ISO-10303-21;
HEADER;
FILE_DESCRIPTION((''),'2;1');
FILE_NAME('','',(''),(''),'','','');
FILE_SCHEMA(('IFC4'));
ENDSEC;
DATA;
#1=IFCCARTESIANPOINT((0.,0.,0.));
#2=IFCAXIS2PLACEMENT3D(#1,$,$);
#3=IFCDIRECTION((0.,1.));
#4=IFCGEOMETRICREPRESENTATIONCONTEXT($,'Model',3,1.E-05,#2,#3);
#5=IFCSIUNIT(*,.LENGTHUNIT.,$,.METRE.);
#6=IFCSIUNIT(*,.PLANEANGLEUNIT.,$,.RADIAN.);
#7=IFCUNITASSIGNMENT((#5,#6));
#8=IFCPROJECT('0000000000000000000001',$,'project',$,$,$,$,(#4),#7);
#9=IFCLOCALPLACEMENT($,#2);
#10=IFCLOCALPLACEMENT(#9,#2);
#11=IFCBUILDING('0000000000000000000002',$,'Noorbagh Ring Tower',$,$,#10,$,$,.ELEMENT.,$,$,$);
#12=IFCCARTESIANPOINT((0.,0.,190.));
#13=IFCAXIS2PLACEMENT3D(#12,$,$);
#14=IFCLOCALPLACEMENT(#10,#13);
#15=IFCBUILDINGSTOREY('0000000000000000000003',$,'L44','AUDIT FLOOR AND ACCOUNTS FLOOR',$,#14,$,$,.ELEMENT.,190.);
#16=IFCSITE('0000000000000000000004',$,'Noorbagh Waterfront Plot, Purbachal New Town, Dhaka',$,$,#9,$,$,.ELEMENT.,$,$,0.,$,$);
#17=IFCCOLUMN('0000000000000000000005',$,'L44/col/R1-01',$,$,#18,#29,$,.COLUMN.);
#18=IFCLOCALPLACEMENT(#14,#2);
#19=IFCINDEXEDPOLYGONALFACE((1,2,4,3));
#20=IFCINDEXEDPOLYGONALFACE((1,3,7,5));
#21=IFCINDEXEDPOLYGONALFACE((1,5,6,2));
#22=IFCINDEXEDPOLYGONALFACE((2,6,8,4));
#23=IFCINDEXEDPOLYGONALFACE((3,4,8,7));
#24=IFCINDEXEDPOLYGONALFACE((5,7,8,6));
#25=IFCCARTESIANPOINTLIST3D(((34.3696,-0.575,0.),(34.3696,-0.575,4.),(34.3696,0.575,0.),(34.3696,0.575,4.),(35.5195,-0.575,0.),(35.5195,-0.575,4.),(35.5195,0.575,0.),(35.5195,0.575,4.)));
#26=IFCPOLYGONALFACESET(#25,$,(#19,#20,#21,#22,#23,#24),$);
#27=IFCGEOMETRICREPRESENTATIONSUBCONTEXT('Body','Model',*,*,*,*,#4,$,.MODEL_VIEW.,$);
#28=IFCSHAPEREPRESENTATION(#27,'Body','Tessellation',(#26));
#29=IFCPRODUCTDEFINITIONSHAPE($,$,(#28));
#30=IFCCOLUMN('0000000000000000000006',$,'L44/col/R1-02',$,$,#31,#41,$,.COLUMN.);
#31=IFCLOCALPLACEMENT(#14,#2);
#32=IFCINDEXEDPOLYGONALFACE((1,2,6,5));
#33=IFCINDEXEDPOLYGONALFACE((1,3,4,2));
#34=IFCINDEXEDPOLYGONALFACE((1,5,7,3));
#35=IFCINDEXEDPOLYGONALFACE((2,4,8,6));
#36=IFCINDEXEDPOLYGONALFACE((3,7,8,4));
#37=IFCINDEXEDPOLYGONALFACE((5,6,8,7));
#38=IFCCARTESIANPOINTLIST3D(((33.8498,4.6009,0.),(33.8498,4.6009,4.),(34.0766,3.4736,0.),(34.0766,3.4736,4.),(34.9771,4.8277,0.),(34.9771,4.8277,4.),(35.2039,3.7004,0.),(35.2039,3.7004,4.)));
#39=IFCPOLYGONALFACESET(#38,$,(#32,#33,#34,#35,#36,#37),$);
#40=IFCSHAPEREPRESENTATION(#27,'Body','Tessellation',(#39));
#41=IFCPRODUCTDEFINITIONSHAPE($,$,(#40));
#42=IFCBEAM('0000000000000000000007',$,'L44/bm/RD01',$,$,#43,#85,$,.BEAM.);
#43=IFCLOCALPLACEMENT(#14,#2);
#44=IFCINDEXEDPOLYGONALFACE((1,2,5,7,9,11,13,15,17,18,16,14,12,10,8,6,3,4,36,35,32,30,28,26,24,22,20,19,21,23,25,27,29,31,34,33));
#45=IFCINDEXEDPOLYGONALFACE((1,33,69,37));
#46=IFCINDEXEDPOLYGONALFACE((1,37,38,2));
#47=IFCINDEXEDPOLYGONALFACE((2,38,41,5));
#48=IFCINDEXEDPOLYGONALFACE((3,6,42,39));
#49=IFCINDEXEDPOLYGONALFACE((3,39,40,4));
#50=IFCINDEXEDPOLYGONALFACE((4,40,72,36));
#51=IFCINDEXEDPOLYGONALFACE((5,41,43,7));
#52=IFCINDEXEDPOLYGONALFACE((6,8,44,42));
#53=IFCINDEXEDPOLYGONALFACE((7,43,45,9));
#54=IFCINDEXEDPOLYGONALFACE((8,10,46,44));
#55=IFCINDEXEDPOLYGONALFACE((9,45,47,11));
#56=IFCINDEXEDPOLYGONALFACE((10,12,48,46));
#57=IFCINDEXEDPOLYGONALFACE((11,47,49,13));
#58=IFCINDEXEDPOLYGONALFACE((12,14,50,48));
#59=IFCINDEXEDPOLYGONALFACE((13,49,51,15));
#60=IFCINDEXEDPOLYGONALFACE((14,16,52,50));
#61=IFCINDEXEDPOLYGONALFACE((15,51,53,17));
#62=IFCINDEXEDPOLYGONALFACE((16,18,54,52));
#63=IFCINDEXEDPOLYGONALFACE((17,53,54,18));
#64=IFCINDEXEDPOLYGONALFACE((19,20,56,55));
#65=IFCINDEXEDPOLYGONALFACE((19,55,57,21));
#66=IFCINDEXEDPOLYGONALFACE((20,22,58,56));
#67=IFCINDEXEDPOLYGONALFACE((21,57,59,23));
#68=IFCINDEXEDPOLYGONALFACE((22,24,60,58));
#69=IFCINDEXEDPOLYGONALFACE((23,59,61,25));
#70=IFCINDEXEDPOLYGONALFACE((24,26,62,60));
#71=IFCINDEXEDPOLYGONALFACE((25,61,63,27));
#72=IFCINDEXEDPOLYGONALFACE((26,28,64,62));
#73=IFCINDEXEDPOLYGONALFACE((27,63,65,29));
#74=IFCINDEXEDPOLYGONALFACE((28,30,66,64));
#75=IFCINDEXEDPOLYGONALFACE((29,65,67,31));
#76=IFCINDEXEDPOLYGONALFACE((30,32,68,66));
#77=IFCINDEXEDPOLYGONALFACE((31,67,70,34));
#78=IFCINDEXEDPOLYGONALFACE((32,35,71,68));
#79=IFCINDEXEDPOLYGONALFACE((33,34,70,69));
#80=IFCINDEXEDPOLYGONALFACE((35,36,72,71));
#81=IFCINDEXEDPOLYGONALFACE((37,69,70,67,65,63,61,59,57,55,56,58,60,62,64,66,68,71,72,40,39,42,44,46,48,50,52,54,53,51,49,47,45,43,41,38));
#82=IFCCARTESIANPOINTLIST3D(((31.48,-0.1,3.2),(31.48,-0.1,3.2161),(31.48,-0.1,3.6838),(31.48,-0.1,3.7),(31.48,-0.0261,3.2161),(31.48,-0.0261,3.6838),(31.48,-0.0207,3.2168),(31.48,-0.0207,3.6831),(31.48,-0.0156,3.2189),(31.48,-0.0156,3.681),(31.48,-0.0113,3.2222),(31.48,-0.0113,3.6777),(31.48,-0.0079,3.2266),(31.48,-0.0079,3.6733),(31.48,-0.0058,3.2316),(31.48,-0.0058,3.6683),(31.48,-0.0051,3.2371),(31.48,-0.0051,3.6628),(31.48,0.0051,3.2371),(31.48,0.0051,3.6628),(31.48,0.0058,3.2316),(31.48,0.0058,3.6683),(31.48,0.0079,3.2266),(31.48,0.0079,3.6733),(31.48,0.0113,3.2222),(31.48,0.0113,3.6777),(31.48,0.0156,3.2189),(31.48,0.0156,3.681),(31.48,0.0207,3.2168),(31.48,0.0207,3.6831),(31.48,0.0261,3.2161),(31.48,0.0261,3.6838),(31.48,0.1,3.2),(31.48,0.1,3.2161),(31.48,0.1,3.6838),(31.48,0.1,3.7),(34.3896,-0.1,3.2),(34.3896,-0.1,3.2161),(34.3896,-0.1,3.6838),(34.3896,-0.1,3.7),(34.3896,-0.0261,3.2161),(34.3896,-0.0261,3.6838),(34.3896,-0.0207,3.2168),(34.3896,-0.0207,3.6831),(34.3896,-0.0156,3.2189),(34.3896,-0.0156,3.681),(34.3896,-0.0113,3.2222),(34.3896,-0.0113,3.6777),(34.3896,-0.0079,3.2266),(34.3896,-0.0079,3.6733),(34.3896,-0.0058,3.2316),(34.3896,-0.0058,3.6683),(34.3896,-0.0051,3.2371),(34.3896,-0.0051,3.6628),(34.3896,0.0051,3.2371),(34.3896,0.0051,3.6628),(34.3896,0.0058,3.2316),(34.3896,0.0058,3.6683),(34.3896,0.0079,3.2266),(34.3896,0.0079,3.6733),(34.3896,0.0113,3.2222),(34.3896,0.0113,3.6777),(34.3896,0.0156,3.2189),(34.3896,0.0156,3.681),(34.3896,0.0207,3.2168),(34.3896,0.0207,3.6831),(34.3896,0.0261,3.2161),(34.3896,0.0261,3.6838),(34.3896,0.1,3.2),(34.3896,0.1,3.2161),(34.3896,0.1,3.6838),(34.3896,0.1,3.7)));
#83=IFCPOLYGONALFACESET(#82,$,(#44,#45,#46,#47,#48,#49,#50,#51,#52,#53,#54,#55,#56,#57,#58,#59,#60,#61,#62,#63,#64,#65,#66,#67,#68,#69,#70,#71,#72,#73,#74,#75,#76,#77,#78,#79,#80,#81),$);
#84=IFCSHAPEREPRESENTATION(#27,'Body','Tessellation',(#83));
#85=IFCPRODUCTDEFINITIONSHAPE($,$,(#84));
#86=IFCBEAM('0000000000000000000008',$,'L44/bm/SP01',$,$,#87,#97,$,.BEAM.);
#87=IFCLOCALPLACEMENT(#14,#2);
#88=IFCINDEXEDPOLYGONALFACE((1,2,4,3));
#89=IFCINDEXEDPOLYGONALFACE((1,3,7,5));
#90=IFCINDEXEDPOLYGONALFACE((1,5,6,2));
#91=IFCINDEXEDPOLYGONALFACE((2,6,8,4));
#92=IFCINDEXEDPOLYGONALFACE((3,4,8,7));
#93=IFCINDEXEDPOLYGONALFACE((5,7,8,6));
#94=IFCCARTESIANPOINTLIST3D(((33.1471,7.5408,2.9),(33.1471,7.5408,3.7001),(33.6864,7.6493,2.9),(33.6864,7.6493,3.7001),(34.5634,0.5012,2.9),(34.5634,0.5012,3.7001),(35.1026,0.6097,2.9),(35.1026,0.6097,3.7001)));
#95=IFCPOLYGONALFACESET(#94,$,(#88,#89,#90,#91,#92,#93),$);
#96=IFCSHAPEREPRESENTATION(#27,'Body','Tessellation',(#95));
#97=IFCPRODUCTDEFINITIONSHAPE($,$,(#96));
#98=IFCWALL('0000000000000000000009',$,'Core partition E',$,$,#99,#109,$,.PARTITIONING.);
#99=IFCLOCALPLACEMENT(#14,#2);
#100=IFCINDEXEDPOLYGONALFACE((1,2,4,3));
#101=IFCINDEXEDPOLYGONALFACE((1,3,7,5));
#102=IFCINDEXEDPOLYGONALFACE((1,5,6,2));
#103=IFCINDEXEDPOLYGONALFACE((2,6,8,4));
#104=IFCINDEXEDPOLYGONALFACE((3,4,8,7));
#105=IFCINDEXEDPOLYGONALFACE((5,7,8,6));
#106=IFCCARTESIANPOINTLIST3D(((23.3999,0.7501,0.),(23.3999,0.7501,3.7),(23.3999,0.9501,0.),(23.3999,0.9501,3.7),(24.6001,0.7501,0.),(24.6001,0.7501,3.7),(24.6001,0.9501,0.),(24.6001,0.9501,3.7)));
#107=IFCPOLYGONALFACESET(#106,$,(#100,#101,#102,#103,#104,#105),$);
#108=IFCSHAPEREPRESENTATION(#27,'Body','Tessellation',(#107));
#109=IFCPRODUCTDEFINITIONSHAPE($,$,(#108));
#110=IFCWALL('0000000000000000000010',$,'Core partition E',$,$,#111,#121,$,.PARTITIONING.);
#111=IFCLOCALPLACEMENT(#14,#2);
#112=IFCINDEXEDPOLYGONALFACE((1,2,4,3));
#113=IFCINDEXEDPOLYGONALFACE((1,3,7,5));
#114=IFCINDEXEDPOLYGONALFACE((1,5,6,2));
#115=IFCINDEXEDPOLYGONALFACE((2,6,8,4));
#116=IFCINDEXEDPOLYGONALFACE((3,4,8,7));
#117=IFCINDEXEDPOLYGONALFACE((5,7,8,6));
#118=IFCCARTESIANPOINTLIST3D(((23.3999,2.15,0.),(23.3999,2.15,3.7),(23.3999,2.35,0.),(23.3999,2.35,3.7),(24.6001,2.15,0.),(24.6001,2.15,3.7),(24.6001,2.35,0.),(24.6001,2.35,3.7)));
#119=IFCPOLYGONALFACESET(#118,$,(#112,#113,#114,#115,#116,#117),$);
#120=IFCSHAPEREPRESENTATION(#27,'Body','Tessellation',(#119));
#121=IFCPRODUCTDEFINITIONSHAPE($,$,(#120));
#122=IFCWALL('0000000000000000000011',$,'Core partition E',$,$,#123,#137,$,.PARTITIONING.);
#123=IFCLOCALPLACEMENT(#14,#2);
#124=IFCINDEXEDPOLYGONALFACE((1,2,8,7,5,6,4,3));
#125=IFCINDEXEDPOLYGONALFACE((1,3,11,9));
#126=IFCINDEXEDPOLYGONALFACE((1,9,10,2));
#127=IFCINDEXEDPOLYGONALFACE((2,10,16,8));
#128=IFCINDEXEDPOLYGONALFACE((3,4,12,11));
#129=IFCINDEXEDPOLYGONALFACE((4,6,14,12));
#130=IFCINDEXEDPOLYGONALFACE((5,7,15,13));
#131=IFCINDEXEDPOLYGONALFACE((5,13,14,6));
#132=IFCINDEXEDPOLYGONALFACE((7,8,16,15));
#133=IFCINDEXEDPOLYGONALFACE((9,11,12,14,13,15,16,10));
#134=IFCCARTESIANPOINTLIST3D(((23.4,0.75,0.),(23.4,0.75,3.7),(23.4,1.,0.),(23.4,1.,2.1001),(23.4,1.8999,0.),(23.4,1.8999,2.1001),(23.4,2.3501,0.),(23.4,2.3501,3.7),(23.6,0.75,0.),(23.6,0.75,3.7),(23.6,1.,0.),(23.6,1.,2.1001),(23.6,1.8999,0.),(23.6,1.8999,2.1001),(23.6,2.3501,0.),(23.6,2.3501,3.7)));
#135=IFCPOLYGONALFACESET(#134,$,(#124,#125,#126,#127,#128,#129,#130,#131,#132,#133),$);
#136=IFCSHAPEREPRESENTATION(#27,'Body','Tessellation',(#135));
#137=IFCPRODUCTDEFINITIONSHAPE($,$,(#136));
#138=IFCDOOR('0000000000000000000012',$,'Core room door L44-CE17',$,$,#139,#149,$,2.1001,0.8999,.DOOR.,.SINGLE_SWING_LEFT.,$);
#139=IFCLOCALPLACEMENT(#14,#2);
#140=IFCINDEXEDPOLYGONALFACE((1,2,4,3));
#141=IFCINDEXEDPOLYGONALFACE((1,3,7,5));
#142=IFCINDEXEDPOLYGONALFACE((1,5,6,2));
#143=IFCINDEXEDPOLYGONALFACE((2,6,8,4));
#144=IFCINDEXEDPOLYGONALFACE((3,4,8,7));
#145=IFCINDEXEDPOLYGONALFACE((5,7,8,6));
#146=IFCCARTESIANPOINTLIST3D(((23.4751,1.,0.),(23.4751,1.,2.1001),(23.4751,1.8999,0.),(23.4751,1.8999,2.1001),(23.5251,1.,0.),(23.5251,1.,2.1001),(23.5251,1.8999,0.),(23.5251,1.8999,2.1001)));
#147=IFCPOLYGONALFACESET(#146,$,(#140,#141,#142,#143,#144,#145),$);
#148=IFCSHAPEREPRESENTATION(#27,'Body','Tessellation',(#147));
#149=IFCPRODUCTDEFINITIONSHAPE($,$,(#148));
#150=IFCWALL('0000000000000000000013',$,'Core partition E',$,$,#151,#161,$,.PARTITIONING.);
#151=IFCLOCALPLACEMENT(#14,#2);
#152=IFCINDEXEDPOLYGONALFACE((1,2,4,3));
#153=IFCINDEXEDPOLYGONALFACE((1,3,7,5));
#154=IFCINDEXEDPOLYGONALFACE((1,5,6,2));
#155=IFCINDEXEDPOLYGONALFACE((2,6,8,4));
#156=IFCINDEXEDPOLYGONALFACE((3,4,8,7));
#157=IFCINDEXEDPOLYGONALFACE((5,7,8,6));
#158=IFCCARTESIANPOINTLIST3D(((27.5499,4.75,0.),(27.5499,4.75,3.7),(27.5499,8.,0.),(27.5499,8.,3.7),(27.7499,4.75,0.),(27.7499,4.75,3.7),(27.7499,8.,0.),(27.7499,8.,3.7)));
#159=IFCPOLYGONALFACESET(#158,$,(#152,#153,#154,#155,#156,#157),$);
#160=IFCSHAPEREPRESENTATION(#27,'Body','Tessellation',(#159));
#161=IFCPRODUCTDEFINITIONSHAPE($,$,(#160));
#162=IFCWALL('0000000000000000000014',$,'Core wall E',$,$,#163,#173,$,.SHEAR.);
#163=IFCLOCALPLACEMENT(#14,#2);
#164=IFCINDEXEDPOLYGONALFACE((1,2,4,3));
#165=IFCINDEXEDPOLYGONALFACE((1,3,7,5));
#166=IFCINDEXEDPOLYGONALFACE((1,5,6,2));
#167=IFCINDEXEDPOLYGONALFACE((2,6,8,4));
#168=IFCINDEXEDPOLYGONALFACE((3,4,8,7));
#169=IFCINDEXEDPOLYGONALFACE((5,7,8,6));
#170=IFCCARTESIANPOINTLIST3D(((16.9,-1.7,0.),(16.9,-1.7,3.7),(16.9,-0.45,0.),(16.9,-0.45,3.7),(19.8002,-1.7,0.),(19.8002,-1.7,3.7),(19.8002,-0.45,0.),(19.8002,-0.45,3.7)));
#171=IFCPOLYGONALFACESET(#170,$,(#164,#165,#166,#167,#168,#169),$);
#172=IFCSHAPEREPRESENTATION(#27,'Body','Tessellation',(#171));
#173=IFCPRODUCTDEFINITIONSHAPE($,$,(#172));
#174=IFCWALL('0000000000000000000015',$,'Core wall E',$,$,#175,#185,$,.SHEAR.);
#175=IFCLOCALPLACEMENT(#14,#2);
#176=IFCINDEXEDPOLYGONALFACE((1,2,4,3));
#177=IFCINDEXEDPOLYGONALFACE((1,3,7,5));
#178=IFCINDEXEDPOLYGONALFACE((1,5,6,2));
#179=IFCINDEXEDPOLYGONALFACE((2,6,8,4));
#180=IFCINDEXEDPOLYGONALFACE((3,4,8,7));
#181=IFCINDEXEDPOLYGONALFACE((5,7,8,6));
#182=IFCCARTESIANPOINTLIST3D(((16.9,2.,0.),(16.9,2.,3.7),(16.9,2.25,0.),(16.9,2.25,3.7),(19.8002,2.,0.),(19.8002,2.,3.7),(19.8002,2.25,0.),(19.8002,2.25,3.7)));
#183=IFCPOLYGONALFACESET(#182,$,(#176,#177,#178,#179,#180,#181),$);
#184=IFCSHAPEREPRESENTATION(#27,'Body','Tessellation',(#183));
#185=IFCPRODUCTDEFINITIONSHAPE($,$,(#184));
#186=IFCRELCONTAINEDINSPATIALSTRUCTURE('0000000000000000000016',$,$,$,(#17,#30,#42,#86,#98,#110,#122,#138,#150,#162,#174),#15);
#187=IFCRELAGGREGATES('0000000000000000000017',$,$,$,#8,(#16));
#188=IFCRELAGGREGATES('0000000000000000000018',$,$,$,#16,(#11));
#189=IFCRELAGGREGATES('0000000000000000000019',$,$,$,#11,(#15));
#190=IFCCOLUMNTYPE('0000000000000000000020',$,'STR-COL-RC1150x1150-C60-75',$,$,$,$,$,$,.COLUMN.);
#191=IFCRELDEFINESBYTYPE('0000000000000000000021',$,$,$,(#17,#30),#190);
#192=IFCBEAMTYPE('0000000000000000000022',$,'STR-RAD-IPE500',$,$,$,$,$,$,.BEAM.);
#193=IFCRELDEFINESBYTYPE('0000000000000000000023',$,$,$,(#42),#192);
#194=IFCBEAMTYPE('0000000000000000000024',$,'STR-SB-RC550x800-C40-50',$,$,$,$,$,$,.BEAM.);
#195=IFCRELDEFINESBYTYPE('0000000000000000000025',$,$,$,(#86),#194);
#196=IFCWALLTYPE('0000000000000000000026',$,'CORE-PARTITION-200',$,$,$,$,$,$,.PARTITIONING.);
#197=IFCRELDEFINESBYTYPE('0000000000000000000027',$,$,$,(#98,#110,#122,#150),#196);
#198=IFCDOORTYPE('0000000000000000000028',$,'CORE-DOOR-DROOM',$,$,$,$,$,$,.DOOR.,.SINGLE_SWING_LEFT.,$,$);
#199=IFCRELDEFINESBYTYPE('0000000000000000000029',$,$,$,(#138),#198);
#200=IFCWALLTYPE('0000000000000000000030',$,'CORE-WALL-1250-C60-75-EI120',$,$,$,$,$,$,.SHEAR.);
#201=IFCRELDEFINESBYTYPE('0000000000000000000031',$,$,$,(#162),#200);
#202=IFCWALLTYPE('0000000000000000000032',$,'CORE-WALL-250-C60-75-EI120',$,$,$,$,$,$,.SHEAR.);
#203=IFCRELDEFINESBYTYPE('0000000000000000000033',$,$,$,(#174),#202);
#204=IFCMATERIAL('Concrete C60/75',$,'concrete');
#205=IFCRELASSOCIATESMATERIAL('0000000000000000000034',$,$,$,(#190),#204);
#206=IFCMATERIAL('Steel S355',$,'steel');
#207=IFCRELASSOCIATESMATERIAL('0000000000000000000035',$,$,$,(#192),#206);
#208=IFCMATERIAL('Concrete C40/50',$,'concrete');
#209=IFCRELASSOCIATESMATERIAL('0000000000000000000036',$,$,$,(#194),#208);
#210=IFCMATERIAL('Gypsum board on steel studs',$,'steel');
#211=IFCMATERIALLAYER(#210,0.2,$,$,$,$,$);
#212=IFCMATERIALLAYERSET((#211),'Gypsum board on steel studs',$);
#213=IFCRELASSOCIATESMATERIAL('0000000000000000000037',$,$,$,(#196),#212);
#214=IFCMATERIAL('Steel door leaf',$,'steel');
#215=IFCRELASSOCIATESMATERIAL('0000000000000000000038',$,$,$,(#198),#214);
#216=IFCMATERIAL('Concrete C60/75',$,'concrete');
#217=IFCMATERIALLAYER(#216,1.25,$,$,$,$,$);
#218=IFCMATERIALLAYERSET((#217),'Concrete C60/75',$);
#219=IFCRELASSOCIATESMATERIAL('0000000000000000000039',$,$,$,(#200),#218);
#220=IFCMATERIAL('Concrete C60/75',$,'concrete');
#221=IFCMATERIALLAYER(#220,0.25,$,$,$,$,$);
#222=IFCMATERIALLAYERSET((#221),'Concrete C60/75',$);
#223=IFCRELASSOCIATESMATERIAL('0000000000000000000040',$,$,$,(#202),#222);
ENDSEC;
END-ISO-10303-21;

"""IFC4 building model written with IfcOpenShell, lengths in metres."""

from ifc_helpers import new_model, si_unit, direction, frame, frame_2d, origin, origin_2d, place, context, subcontext, project, spatial, rectangle, i_section, extrude, material, layer, layer_set, material_profile, profile_set, type_object, element, fill, save


model = new_model("IFC4")

# Units and contexts
model_context = context("Model", 3, precision=1e-05, world=origin(), true_north=direction((0.0, 1.0)))
body_context = subcontext(model_context, "Body", "Model", "MODEL_VIEW")
ifc_project = project(units=[si_unit("LENGTHUNIT", "METRE"), si_unit("PLANEANGLEUNIT", "RADIAN")], contexts=[model_context])

# Site, building, storey
site_placement = place(None, origin())
site = spatial("IfcSite", under=ifc_project, at=site_placement, Name="Noorbagh Waterfront Plot, Purbachal New Town, Dhaka", CompositionType="ELEMENT", RefElevation=0.0)
building_placement = place(site_placement, origin())
building = spatial("IfcBuilding", under=site, at=building_placement, Name="Noorbagh Ring Tower", CompositionType="ELEMENT")
storey_placement = place(building_placement, frame((0.0, 0.0, 190.0)))
storey = spatial("IfcBuildingStorey", under=building, at=storey_placement, Name="L44", Description="AUDIT FLOOR AND ACCOUNTS FLOOR", CompositionType="ELEMENT", Elevation=190.0)

# Columns
ifc_material_1 = material(Name="Concrete C60/75", Category="concrete")
ifc_material_profile_1 = material_profile(ifc_material_1, rectangle(XDim=1.1499, YDim=1.1499, at=origin_2d()), Name="RC1150x1150")
ifc_profile_set_1 = profile_set([ifc_material_profile_1], Name="Concrete C60/75")
column_type = type_object("IfcColumnType", Name="STR-COL-RC1150x1150-C60-75", PredefinedType="COLUMN", material=ifc_profile_set_1)
for number, where, z_axis, x_axis, name in (
    (1, (34.9446, 0.0, 0.0), (0.0, 0.0, 1.0), (0.0, 1.0, 0.0), "L44/col/R1-01"),
    (2, (34.5269, 4.1506, 0.0), (0.0, 0.0, 1.0), (-0.19723, 0.980357, 0.0), "L44/col/R1-02"),
):
    element("IfcColumn", number, at=place(storey_placement, frame(where, z_axis=z_axis, x_axis=x_axis)), inside=storey, type_object=column_type, Name=name, PredefinedType="COLUMN", context=body_context, shape_type="SweptSolid", body=[
        extrude(rectangle(XDim=1.1499, YDim=1.1499, at=origin_2d()), origin(), (0.0, 0.0, 1.0), 4.0),
    ])

# Beams
ifc_material_2 = material(Name="Steel S355", Category="steel")
ifc_material_profile_2 = material_profile(ifc_material_2, i_section(OverallWidth=0.2, OverallDepth=0.5, WebThickness=0.0103, FlangeThickness=0.0161, FilletRadius=0.021, at=origin_2d()), Name="IPE500")
ifc_profile_set_2 = profile_set([ifc_material_profile_2], Name="Steel S355")
beam_type_1 = type_object("IfcBeamType", Name="STR-RAD-IPE500", PredefinedType="BEAM", material=ifc_profile_set_2)
beam_1_placement = place(storey_placement, frame((34.3896, 0.0, 3.45), z_axis=(-1.0, 0.0, 0.0), x_axis=(0.0, -1.0, 0.0)))
element("IfcBeam", 3, at=beam_1_placement, inside=storey, type_object=beam_type_1, Name="L44/bm/RD01", PredefinedType="BEAM", context=body_context, shape_type="SweptSolid", body=[
    extrude(i_section(OverallWidth=0.2, OverallDepth=0.5, WebThickness=0.0103, FlangeThickness=0.0161, FilletRadius=0.021, at=origin_2d()), origin(), (0.0, 0.0, 1.0), 2.9097),
])
ifc_material_3 = material(Name="Concrete C40/50", Category="concrete")
ifc_material_profile_3 = material_profile(ifc_material_3, rectangle(XDim=0.55, YDim=0.8, at=origin_2d()), Name="RC550x800")
ifc_profile_set_3 = profile_set([ifc_material_profile_3], Name="Concrete C40/50")
beam_type_2 = type_object("IfcBeamType", Name="STR-SB-RC550x800-C40-50", PredefinedType="BEAM", material=ifc_profile_set_3)
beam_2_placement = place(storey_placement, frame((34.833, 0.5554, 3.3), z_axis=(-0.197234, 0.980356, 0.0), x_axis=(-0.980356, -0.197234, 0.0)))
element("IfcBeam", 4, at=beam_2_placement, inside=storey, type_object=beam_type_2, Name="L44/bm/SP01", PredefinedType="BEAM", context=body_context, shape_type="SweptSolid", body=[
    extrude(rectangle(XDim=0.55, YDim=0.8, at=origin_2d()), origin(), (0.0, 0.0, 1.0), 7.1807),
])

# Walls
ifc_material_4 = material(Name="Gypsum board on steel studs", Category="steel")
ifc_layer_1 = layer(ifc_material_4, 0.2)
ifc_layer_set_1 = layer_set([ifc_layer_1], Name="Gypsum board on steel studs")
wall_type_1 = type_object("IfcWallType", Name="CORE-PARTITION-200", PredefinedType="PARTITIONING", material=ifc_layer_set_1)
for number, where, z_axis, x_axis, name in (
    (5, (23.3999, 0.8501, 0.0), (0.0, 0.0, 1.0), (1.0, 0.0, 0.0), "Core partition E"),
    (6, (23.3999, 2.25, 0.0), (0.0, 0.0, 1.0), (1.0, 0.0, 0.0), "Core partition E"),
):
    element("IfcWall", number, at=place(storey_placement, frame(where, z_axis=z_axis, x_axis=x_axis)), inside=storey, type_object=wall_type_1, Name=name, PredefinedType="PARTITIONING", context=body_context, shape_type="SweptSolid", body=[
        extrude(rectangle(XDim=1.2002, YDim=0.2, at=frame_2d((0.6001, 0.0))), origin(), (0.0, 0.0, 1.0), 3.7),
    ])

# Wall, opening, door
wall_1_placement = place(storey_placement, frame((23.5, 0.75, 0.0), z_axis=(0.0, 0.0, 1.0), x_axis=(0.0, 1.0, 0.0)))
wall_1 = element("IfcWall", 7, at=wall_1_placement, inside=storey, type_object=wall_type_1, Name="Core partition E", PredefinedType="PARTITIONING", context=body_context, shape_type="SweptSolid", body=[
    extrude(rectangle(XDim=1.6001, YDim=0.2, at=frame_2d((0.8, 0.0))), origin(), (0.0, 0.0, 1.0), 3.7),
])
opening_1_placement = place(wall_1_placement, frame((0.25, 0.0, 0.0)))
opening_1 = element("IfcOpeningElement", 8, at=opening_1_placement, cuts=wall_1, PredefinedType="OPENING", context=body_context, shape_type="SweptSolid", body=[
    extrude(rectangle(XDim=0.8999, YDim=2.1001, at=frame_2d((0.45, 1.05))), frame((0.0, 0.1099, 0.0), z_axis=(0.0, -1.0, 0.0), x_axis=(1.0, 0.0, 0.0)), (0.0, 0.0, 1.0), 0.22),
])
ifc_material_5 = material(Name="Steel door leaf", Category="steel")
door_type_1 = type_object("IfcDoorType", Name="CORE-DOOR-DROOM", OperationType="SINGLE_SWING_LEFT", PredefinedType="DOOR", material=ifc_material_5)
door_1_placement = place(opening_1_placement, origin())
door_1 = element("IfcDoor", 9, at=door_1_placement, inside=storey, type_object=door_type_1, Name="Core room door L44-CE17", OperationType="SINGLE_SWING_LEFT", OverallHeight=2.1001, OverallWidth=0.8999, PredefinedType="DOOR", context=body_context, shape_type="SweptSolid", body=[
    extrude(rectangle(XDim=0.8999, YDim=2.1001, at=frame_2d((0.45, 1.05))), frame((0.0, 0.0249, 0.0), z_axis=(0.0, -1.0, 0.0), x_axis=(1.0, 0.0, 0.0)), (0.0, 0.0, 1.0), 0.05),
])
fill(opening_1, door_1)

# Walls
wall_2_placement = place(storey_placement, frame((27.6499, 4.75, 0.0), z_axis=(0.0, 0.0, 1.0), x_axis=(0.0, 1.0, 0.0)))
element("IfcWall", 10, at=wall_2_placement, inside=storey, type_object=wall_type_1, Name="Core partition E", PredefinedType="PARTITIONING", context=body_context, shape_type="SweptSolid", body=[
    extrude(rectangle(XDim=3.25, YDim=0.2, at=frame_2d((1.625, 0.0))), origin(), (0.0, 0.0, 1.0), 3.7),
])
ifc_material_6 = material(Name="Concrete C60/75", Category="concrete")
ifc_layer_2 = layer(ifc_material_6, 1.25)
ifc_layer_set_2 = layer_set([ifc_layer_2], Name="Concrete C60/75")
wall_type_2 = type_object("IfcWallType", Name="CORE-WALL-1250-C60-75-EI120", PredefinedType="SHEAR", material=ifc_layer_set_2)
wall_3_placement = place(storey_placement, frame((16.8999, -1.075, 0.0), z_axis=(0.0, 0.0, 1.0), x_axis=(1.0, 0.0, 0.0)))
element("IfcWall", 11, at=wall_3_placement, inside=storey, type_object=wall_type_2, Name="Core wall E", PredefinedType="SHEAR", context=body_context, shape_type="SweptSolid", body=[
    extrude(rectangle(XDim=2.9001, YDim=1.25, at=frame_2d((1.4502, 0.0))), origin(), (0.0, 0.0, 1.0), 3.7),
])
ifc_material_7 = material(Name="Concrete C60/75", Category="concrete")
ifc_layer_3 = layer(ifc_material_7, 0.25)
ifc_layer_set_3 = layer_set([ifc_layer_3], Name="Concrete C60/75")
wall_type_3 = type_object("IfcWallType", Name="CORE-WALL-250-C60-75-EI120", PredefinedType="SHEAR", material=ifc_layer_set_3)
for number, where, z_axis, x_axis, name in (
    (12, (16.8999, 2.125, 0.0), (0.0, 0.0, 1.0), (1.0, 0.0, 0.0), "Core wall E"),
):
    element("IfcWall", number, at=place(storey_placement, frame(where, z_axis=z_axis, x_axis=x_axis)), inside=storey, type_object=wall_type_3, Name=name, PredefinedType="SHEAR", context=body_context, shape_type="SweptSolid", body=[
        extrude(rectangle(XDim=2.9001, YDim=0.25, at=frame_2d((1.4502, 0.0))), origin(), (0.0, 0.0, 1.0), 3.7),
    ])

save(model, "model.ifc")
